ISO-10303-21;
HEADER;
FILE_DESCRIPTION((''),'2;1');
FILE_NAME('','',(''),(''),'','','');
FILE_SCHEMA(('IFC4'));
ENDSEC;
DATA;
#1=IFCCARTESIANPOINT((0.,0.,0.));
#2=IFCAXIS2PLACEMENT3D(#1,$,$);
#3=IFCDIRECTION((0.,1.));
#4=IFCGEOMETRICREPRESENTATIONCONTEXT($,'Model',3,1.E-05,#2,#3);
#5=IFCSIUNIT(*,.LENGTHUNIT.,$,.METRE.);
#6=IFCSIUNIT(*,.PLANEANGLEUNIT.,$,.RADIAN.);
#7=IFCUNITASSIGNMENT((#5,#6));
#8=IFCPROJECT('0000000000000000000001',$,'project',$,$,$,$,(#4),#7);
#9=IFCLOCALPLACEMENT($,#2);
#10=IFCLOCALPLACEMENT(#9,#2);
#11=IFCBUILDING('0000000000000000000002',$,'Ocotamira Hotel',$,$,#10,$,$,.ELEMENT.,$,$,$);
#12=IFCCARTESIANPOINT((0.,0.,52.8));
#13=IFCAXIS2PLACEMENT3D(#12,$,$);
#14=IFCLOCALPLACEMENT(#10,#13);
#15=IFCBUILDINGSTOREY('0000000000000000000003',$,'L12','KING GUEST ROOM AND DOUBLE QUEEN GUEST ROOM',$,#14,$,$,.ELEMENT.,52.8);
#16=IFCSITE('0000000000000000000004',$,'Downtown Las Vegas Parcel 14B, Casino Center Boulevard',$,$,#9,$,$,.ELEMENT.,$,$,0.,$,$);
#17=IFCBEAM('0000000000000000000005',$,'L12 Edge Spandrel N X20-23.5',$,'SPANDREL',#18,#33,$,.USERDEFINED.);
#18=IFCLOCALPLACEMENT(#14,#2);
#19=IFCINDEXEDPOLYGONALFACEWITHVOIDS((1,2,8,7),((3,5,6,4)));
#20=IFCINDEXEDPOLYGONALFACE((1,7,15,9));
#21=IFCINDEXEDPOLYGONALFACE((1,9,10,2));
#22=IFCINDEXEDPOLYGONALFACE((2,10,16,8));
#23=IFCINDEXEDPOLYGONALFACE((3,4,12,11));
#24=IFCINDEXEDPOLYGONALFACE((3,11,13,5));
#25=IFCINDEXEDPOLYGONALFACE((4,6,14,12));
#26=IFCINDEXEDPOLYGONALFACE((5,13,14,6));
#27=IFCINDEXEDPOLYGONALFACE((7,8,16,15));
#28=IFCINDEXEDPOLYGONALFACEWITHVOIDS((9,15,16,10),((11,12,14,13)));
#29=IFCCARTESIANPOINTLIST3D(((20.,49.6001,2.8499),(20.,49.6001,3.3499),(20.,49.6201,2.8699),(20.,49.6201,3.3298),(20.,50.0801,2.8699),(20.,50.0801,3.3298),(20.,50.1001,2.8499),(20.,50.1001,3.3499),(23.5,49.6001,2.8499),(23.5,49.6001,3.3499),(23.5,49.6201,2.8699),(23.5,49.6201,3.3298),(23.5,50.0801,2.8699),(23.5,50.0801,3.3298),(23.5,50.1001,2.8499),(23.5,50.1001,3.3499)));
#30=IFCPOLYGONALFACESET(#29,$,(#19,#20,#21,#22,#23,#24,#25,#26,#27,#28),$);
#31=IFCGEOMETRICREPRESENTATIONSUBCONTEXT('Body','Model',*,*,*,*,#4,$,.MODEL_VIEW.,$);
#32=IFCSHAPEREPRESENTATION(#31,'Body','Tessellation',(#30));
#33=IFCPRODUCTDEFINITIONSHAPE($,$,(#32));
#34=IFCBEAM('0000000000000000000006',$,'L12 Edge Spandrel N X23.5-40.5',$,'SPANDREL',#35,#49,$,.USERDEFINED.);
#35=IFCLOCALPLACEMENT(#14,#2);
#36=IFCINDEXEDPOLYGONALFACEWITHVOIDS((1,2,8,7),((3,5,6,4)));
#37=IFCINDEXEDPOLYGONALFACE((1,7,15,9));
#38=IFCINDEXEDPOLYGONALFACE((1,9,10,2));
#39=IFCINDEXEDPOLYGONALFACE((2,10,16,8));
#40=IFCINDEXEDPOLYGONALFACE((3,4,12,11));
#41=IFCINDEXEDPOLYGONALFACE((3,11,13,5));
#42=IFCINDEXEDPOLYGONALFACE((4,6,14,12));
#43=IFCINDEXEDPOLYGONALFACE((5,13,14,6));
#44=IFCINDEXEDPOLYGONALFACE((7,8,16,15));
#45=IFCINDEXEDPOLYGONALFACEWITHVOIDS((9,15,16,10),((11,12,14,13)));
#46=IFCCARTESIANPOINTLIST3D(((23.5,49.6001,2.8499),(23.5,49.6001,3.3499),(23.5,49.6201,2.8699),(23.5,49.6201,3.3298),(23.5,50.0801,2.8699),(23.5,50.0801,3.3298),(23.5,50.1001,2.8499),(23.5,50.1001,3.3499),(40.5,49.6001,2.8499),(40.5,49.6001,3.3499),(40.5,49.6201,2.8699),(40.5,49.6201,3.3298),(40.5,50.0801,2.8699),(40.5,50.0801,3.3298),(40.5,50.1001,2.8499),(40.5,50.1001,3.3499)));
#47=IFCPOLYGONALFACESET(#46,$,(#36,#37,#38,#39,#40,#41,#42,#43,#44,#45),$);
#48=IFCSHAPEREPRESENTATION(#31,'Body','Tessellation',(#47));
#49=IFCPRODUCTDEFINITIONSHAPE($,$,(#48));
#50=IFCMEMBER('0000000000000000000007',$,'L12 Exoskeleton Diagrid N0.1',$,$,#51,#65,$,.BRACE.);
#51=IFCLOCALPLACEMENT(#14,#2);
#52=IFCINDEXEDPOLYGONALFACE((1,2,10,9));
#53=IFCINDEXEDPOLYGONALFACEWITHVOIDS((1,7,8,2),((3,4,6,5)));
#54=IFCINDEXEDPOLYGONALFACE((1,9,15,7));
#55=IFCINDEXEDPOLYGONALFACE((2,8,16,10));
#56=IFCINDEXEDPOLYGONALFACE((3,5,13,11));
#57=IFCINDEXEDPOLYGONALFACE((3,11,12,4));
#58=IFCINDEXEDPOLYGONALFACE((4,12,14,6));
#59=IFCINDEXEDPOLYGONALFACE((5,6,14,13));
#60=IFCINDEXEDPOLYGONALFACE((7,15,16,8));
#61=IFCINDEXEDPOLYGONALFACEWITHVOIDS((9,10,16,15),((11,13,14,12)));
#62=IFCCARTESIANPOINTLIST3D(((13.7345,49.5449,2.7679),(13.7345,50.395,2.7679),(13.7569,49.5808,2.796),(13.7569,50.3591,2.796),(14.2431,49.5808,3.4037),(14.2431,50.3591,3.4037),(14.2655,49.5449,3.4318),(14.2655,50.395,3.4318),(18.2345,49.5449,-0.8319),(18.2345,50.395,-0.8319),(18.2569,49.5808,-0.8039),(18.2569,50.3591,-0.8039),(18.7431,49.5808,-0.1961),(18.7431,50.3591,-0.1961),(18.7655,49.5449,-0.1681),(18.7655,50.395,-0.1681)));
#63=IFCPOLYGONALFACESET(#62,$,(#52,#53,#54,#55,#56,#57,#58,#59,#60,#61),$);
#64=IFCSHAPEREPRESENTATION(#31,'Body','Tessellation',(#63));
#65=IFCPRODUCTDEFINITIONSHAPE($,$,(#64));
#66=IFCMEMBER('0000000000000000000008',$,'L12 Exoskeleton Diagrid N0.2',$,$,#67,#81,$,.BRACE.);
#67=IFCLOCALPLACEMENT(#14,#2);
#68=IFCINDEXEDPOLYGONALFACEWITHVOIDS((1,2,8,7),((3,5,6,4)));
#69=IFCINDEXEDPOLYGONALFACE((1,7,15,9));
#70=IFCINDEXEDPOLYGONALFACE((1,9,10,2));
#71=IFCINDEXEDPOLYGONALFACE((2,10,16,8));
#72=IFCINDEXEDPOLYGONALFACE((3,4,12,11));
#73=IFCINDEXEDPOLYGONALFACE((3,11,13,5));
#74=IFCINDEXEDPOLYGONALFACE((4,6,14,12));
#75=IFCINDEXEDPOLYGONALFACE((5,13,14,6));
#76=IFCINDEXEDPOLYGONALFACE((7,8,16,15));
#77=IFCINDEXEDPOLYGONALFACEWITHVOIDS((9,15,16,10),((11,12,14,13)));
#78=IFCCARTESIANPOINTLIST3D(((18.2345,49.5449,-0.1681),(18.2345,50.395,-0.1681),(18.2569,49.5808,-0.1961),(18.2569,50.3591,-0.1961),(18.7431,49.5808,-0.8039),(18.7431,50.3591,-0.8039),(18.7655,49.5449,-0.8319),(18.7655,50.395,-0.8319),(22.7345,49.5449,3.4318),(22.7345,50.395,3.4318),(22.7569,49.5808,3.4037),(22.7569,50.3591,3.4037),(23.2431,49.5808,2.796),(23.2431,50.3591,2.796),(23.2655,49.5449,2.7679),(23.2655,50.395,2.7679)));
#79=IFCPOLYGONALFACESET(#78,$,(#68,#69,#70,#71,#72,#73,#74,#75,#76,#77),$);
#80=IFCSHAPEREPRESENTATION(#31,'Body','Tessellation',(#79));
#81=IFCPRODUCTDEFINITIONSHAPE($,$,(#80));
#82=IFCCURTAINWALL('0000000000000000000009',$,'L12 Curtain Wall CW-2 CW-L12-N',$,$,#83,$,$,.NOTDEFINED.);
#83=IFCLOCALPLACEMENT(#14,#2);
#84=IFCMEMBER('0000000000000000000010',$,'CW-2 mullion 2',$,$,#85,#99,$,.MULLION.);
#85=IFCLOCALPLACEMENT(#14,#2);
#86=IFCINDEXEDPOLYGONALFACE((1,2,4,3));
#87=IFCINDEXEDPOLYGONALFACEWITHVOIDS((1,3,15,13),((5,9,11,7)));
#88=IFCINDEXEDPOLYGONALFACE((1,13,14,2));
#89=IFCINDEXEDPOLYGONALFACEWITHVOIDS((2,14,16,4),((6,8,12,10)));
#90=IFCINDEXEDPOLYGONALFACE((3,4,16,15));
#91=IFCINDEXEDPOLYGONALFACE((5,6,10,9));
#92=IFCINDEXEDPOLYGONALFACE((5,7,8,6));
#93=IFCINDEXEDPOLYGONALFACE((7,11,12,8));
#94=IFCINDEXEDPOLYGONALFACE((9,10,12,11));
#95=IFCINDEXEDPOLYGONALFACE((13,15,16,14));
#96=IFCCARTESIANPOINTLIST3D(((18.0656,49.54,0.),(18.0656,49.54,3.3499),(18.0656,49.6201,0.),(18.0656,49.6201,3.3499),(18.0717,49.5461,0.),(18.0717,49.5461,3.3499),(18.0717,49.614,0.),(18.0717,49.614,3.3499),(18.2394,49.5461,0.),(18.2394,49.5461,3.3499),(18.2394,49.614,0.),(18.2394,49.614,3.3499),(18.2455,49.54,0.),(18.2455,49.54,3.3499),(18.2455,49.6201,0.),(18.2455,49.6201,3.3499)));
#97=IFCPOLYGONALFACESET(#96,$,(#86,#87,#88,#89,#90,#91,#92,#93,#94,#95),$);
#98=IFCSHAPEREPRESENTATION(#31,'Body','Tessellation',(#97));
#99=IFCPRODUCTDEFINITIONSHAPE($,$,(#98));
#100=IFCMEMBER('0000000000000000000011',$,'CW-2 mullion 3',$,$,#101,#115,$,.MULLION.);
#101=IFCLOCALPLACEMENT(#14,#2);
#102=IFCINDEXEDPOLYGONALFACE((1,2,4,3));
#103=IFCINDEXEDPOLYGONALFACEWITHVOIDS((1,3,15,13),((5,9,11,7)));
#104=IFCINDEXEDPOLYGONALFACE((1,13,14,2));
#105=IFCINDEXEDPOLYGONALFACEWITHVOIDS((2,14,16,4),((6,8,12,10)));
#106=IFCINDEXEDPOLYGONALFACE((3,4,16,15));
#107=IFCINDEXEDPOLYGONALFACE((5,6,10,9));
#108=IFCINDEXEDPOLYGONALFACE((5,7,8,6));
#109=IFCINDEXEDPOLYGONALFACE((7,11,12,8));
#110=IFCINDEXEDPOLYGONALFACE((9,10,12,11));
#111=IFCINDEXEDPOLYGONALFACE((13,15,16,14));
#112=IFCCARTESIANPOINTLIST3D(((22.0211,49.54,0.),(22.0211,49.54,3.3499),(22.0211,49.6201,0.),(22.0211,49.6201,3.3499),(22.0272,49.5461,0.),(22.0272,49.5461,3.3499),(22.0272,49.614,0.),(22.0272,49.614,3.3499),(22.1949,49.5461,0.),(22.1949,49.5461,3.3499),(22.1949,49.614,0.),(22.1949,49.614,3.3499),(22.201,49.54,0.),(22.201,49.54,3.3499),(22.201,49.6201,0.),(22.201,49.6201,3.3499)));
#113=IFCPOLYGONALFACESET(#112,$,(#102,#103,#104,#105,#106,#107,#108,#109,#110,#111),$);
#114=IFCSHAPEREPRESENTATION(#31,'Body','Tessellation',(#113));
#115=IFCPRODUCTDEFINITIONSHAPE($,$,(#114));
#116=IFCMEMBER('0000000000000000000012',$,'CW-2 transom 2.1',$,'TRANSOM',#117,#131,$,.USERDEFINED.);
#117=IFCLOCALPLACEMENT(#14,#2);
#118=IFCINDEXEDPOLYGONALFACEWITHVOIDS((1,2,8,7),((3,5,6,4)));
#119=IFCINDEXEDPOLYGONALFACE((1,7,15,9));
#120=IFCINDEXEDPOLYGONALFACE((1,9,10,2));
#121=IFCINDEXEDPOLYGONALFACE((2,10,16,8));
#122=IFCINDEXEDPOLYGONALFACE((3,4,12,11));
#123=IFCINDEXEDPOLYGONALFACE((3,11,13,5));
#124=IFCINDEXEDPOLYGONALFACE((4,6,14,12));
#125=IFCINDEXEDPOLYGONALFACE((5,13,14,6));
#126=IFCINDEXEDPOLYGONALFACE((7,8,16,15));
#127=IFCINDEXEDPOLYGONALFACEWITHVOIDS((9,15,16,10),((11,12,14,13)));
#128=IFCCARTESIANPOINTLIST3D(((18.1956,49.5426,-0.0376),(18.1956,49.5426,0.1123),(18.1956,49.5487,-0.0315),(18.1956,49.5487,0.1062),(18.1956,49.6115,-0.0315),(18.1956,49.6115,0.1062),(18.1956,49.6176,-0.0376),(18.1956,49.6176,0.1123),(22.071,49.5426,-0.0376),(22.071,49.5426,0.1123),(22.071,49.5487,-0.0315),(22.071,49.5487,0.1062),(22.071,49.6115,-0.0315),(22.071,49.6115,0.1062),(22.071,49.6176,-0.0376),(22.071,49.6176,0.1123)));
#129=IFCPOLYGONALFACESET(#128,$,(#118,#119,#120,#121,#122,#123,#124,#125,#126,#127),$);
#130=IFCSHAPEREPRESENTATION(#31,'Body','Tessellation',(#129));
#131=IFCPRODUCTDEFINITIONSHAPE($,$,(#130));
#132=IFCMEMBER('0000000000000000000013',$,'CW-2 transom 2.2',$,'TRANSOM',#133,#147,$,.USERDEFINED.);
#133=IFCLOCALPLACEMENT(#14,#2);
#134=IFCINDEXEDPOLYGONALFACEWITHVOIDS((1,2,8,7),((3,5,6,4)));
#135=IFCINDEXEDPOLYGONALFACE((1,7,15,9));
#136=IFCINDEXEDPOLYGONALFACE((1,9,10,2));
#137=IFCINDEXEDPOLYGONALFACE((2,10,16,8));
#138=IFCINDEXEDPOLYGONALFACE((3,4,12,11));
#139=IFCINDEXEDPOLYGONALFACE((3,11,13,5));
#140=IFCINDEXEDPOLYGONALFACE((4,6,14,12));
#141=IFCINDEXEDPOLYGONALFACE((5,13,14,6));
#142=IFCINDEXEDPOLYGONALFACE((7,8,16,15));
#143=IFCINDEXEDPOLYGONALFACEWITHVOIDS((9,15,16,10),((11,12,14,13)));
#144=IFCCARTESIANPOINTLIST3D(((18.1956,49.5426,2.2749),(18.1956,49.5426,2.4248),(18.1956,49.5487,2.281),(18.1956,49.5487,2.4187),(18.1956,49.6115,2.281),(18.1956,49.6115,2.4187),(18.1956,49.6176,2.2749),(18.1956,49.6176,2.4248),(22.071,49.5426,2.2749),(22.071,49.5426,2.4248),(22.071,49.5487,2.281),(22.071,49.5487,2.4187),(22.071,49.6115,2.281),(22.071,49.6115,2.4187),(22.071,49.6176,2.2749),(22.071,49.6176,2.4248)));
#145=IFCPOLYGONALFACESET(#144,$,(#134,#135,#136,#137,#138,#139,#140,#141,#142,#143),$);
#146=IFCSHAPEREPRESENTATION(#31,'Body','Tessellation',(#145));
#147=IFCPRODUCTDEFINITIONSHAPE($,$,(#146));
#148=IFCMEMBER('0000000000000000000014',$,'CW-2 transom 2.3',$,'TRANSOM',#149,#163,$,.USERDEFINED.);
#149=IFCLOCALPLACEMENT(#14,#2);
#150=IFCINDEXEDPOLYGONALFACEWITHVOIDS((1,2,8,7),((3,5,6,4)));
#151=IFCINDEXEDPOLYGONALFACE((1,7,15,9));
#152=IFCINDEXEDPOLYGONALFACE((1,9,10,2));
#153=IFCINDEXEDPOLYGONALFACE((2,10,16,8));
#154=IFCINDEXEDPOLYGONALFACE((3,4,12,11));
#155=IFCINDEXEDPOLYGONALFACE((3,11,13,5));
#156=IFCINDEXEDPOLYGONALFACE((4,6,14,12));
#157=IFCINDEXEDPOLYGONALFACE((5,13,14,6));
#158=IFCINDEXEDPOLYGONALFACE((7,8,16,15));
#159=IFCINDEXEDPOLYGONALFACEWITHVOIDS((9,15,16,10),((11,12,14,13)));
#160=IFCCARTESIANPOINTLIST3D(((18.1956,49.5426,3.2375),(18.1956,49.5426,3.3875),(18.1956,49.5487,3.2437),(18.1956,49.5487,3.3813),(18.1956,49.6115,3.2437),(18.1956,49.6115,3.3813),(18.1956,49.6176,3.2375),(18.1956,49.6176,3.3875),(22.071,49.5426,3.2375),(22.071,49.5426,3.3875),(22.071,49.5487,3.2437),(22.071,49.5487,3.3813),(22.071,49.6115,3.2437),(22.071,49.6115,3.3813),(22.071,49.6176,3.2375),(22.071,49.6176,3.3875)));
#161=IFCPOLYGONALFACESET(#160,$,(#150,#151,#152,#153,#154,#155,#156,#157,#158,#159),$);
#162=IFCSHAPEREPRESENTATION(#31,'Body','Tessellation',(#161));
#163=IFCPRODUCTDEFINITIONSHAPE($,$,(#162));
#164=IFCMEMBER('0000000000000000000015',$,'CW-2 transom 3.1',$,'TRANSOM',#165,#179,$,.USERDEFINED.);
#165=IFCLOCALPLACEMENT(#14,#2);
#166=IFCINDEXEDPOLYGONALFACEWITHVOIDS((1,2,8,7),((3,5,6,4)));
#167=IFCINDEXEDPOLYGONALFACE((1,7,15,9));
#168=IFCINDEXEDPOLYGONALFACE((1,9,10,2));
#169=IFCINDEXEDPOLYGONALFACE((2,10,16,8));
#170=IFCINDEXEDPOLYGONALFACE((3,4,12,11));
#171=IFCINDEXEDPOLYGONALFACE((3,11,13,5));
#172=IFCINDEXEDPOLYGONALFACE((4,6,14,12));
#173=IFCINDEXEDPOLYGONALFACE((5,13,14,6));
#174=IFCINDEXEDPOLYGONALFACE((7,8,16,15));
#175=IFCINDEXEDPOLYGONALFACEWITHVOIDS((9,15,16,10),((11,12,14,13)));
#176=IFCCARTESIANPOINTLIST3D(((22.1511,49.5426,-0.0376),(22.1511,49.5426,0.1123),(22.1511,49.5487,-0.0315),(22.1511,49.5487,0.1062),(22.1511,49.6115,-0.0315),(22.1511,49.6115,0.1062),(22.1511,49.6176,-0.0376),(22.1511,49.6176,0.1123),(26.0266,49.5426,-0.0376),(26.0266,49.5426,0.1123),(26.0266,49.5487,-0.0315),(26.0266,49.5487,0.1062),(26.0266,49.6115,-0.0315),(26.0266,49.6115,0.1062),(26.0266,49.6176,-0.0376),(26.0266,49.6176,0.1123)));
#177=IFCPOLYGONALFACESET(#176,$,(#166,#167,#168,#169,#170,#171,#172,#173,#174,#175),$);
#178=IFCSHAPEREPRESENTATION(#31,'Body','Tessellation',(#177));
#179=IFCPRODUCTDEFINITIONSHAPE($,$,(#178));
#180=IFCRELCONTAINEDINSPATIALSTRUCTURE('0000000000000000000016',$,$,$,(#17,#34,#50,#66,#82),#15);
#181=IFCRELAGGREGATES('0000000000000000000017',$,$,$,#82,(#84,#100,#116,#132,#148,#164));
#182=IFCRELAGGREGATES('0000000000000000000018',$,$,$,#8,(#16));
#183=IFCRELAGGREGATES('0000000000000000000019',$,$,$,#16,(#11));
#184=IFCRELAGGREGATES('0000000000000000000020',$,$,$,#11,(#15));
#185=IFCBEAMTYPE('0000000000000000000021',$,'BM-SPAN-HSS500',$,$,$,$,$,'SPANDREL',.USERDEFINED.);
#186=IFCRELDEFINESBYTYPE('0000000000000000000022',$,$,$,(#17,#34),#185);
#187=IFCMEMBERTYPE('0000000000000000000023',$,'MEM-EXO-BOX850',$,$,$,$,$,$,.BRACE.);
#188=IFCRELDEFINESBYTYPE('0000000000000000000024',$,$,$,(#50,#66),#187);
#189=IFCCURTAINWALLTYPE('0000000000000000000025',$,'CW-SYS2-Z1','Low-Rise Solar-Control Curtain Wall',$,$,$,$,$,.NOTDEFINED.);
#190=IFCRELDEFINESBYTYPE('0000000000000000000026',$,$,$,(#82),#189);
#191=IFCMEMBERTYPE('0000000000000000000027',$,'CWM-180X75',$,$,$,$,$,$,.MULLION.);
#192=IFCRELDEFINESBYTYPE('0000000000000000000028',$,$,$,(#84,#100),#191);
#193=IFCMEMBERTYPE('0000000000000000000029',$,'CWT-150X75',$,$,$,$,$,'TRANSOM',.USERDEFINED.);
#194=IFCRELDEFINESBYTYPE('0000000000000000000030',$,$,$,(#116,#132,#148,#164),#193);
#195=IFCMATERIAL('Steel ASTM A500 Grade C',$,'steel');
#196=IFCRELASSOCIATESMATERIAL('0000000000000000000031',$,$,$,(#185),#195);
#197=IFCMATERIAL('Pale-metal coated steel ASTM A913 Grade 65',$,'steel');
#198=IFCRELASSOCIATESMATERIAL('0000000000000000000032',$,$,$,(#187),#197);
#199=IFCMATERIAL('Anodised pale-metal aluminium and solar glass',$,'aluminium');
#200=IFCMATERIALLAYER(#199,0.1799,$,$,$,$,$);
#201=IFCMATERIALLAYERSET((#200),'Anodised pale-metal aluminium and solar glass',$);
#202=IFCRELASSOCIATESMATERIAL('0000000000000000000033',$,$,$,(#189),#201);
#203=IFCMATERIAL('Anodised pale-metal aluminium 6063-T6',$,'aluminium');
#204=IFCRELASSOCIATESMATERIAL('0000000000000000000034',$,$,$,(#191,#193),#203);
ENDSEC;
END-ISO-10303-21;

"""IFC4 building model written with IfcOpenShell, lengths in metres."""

from ifc_helpers import new_model, si_unit, direction, frame, origin, origin_2d, place, context, subcontext, project, spatial, hollow_rectangle, extrude, source, transform, mapped, material, layer, layer_set, material_profile, profile_set, type_object, element, aggregate, save


model = new_model("IFC4")

# Units and contexts
model_context = context("Model", 3, precision=1e-05, world=origin(), true_north=direction((0.0, 1.0)))
body_context = subcontext(model_context, "Body", "Model", "MODEL_VIEW")
ifc_project = project(units=[si_unit("LENGTHUNIT", "METRE"), si_unit("PLANEANGLEUNIT", "RADIAN")], contexts=[model_context])

# Site, building, storey
site_placement = place(None, origin())
site = spatial("IfcSite", under=ifc_project, at=site_placement, Name="Downtown Las Vegas Parcel 14B, Casino Center Boulevard", CompositionType="ELEMENT", RefElevation=0.0)
building_placement = place(site_placement, origin())
building = spatial("IfcBuilding", under=site, at=building_placement, Name="Ocotamira Hotel", CompositionType="ELEMENT")
storey_placement = place(building_placement, frame((0.0, 0.0, 52.8)))
storey = spatial("IfcBuildingStorey", under=building, at=storey_placement, Name="L12", Description="KING GUEST ROOM AND DOUBLE QUEEN GUEST ROOM", CompositionType="ELEMENT", Elevation=52.8)

# Beams
ifc_material_1 = material(Name="Steel ASTM A500 Grade C", Category="steel")
ifc_material_profile_1 = material_profile(ifc_material_1, hollow_rectangle(XDim=0.5, YDim=0.5, WallThickness=0.02, at=origin_2d()), Name="HSS500X500X20")
ifc_profile_set_1 = profile_set([ifc_material_profile_1], Name="Steel ASTM A500 Grade C")
beam_type_1 = type_object("IfcBeamType", Name="BM-SPAN-HSS500", ElementType="SPANDREL", PredefinedType="USERDEFINED", material=ifc_profile_set_1)
shared_shape_1 = source(origin(), body_context, "Body", "SweptSolid", [
    extrude(hollow_rectangle(XDim=0.5, YDim=0.5, WallThickness=0.02, at=origin_2d()), origin(), (0.0, 0.0, 1.0), 3.5),
])
beam_1_placement = place(storey_placement, frame((20.0, 49.8501, 3.0999), z_axis=(1.0, 0.0, 0.0), x_axis=(0.0, 1.0, 0.0)))
element("IfcBeam", 1, at=beam_1_placement, inside=storey, type_object=beam_type_1, Name="L12 Edge Spandrel N X20-23.5", ObjectType="SPANDREL", PredefinedType="USERDEFINED", context=body_context, shape_type="MappedRepresentation", body=[
    mapped(shared_shape_1, transform((0.0, 0.0, 0.0), scale=1.0)),
])
shared_shape_2 = source(origin(), body_context, "Body", "SweptSolid", [
    extrude(hollow_rectangle(XDim=0.5, YDim=0.5, WallThickness=0.02, at=origin_2d()), origin(), (0.0, 0.0, 1.0), 17.0),
])
beam_2_placement = place(storey_placement, frame((23.5, 49.8501, 3.0999), z_axis=(1.0, 0.0, 0.0), x_axis=(0.0, 1.0, 0.0)))
element("IfcBeam", 2, at=beam_2_placement, inside=storey, type_object=beam_type_1, Name="L12 Edge Spandrel N X23.5-40.5", ObjectType="SPANDREL", PredefinedType="USERDEFINED", context=body_context, shape_type="MappedRepresentation", body=[
    mapped(shared_shape_2, transform((0.0, 0.0, 0.0), scale=1.0)),
])

# Members
ifc_material_2 = material(Name="Pale-metal coated steel ASTM A913 Grade 65", Category="steel")
ifc_material_profile_2 = material_profile(ifc_material_2, hollow_rectangle(XDim=0.8501, YDim=0.8501, WallThickness=0.0359, at=origin_2d()), Name="BOX850X850X36")
ifc_profile_set_2 = profile_set([ifc_material_profile_2], Name="Pale-metal coated steel ASTM A913 Grade 65")
member_type_1 = type_object("IfcMemberType", Name="MEM-EXO-BOX850", PredefinedType="BRACE", material=ifc_profile_set_2)
shared_shape_3 = source(origin(), body_context, "Body", "SweptSolid", [
    extrude(hollow_rectangle(XDim=0.8501, YDim=0.8501, WallThickness=0.0359, at=origin_2d()), origin(), (0.0, 0.0, 1.0), 5.7627),
])
for number, where, z_axis, x_axis, name in (
    (3, (18.5, 49.97, -0.5), (-0.780881, 0.0, 0.62468), (0.0, -1.0, 0.0), "L12 Exoskeleton Diagrid N0.1"),
    (4, (18.5, 49.97, -0.5), (0.780881, 0.0, 0.62468), (0.0, 1.0, 0.0), "L12 Exoskeleton Diagrid N0.2"),
):
    element("IfcMember", number, at=place(storey_placement, frame(where, z_axis=z_axis, x_axis=x_axis)), inside=storey, type_object=member_type_1, Name=name, PredefinedType="BRACE", context=body_context, shape_type="MappedRepresentation", body=[
        mapped(shared_shape_3, transform((0.0, 0.0, 0.0), scale=1.0)),
    ])

# Curtain wall, members
ifc_material_3 = material(Name="Anodised pale-metal aluminium and solar glass", Category="aluminium")
ifc_layer_1 = layer(ifc_material_3, 0.1799)
ifc_layer_set_1 = layer_set([ifc_layer_1], Name="Anodised pale-metal aluminium and solar glass")
curtain_wall_type = type_object("IfcCurtainWallType", Name="CW-SYS2-Z1", Description="Low-Rise Solar-Control Curtain Wall", PredefinedType="NOTDEFINED", material=ifc_layer_set_1)
curtain_wall_placement = place(storey_placement, origin())
curtain_wall = element("IfcCurtainWall", 5, at=curtain_wall_placement, inside=storey, type_object=curtain_wall_type, Name="L12 Curtain Wall CW-2 CW-L12-N", PredefinedType="NOTDEFINED")
ifc_material_4 = material(Name="Anodised pale-metal aluminium 6063-T6", Category="aluminium")
ifc_material_profile_3 = material_profile(ifc_material_4, hollow_rectangle(XDim=0.0801, YDim=0.1799, WallThickness=0.0061, at=origin_2d()), Name="HSS180X80X6")
ifc_profile_set_3 = profile_set([ifc_material_profile_3], Name="Anodised pale-metal aluminium 6063-T6")
member_type_2 = type_object("IfcMemberType", Name="CWM-180X75", PredefinedType="MULLION", material=ifc_profile_set_3)
shared_shape_4 = source(origin(), body_context, "Body", "SweptSolid", [
    extrude(hollow_rectangle(XDim=0.0801, YDim=0.1799, WallThickness=0.0061, at=origin_2d()), origin(), (0.0, 0.0, 1.0), 3.3499),
])
member_1_placement = place(storey_placement, frame((18.1555, 49.5801, 0.0), z_axis=(0.0, 0.0, 1.0), x_axis=(0.0, 1.0, 0.0)))
member_1 = element("IfcMember", 6, at=member_1_placement, type_object=member_type_2, Name="CW-2 mullion 2", PredefinedType="MULLION", context=body_context, shape_type="MappedRepresentation", body=[
    mapped(shared_shape_4, transform((0.0, 0.0, 0.0), scale=1.0)),
])
member_2_placement = place(storey_placement, frame((22.1111, 49.5801, 0.0), z_axis=(0.0, 0.0, 1.0), x_axis=(0.0, 1.0, 0.0)))
member_2 = element("IfcMember", 7, at=member_2_placement, type_object=member_type_2, Name="CW-2 mullion 3", PredefinedType="MULLION", context=body_context, shape_type="MappedRepresentation", body=[
    mapped(shared_shape_4, transform((0.0, 0.0, 0.0), scale=1.0)),
])
ifc_material_profile_4 = material_profile(ifc_material_4, hollow_rectangle(XDim=0.075, YDim=0.1499, WallThickness=0.0061, at=origin_2d()), Name="HSS150X75X6")
ifc_profile_set_4 = profile_set([ifc_material_profile_4], Name="Anodised pale-metal aluminium 6063-T6")
member_type_3 = type_object("IfcMemberType", Name="CWT-150X75", ElementType="TRANSOM", PredefinedType="USERDEFINED", material=ifc_profile_set_4)
shared_shape_5 = source(origin(), body_context, "Body", "SweptSolid", [
    extrude(hollow_rectangle(XDim=0.075, YDim=0.1499, WallThickness=0.0061, at=origin_2d()), origin(), (0.0, 0.0, 1.0), 3.8755),
])
member_3_placement = place(storey_placement, frame((18.1956, 49.5801, 0.0374), z_axis=(1.0, 0.0, 0.0), x_axis=(0.0, 1.0, 0.0)))
member_3 = element("IfcMember", 8, at=member_3_placement, type_object=member_type_3, Name="CW-2 transom 2.1", ObjectType="TRANSOM", PredefinedType="USERDEFINED", context=body_context, shape_type="MappedRepresentation", body=[
    mapped(shared_shape_5, transform((0.0, 0.0, 0.0), scale=1.0)),
])
member_4_placement = place(storey_placement, frame((18.1956, 49.5801, 2.3499), z_axis=(1.0, 0.0, 0.0), x_axis=(0.0, 1.0, 0.0)))
member_4 = element("IfcMember", 9, at=member_4_placement, type_object=member_type_3, Name="CW-2 transom 2.2", ObjectType="TRANSOM", PredefinedType="USERDEFINED", context=body_context, shape_type="MappedRepresentation", body=[
    mapped(shared_shape_5, transform((0.0, 0.0, 0.0), scale=1.0)),
])
member_5_placement = place(storey_placement, frame((18.1956, 49.5801, 3.3125), z_axis=(1.0, 0.0, 0.0), x_axis=(0.0, 1.0, 0.0)))
member_5 = element("IfcMember", 10, at=member_5_placement, type_object=member_type_3, Name="CW-2 transom 2.3", ObjectType="TRANSOM", PredefinedType="USERDEFINED", context=body_context, shape_type="MappedRepresentation", body=[
    mapped(shared_shape_5, transform((0.0, 0.0, 0.0), scale=1.0)),
])
member_6_placement = place(storey_placement, frame((22.1511, 49.5801, 0.0374), z_axis=(1.0, 0.0, 0.0), x_axis=(0.0, 1.0, 0.0)))
member_6 = element("IfcMember", 11, at=member_6_placement, type_object=member_type_3, Name="CW-2 transom 3.1", ObjectType="TRANSOM", PredefinedType="USERDEFINED", context=body_context, shape_type="MappedRepresentation", body=[
    mapped(shared_shape_5, transform((0.0, 0.0, 0.0), scale=1.0)),
])

aggregate(curtain_wall, [member_1, member_2, member_3, member_4, member_5, member_6])

save(model, "model.ifc")
